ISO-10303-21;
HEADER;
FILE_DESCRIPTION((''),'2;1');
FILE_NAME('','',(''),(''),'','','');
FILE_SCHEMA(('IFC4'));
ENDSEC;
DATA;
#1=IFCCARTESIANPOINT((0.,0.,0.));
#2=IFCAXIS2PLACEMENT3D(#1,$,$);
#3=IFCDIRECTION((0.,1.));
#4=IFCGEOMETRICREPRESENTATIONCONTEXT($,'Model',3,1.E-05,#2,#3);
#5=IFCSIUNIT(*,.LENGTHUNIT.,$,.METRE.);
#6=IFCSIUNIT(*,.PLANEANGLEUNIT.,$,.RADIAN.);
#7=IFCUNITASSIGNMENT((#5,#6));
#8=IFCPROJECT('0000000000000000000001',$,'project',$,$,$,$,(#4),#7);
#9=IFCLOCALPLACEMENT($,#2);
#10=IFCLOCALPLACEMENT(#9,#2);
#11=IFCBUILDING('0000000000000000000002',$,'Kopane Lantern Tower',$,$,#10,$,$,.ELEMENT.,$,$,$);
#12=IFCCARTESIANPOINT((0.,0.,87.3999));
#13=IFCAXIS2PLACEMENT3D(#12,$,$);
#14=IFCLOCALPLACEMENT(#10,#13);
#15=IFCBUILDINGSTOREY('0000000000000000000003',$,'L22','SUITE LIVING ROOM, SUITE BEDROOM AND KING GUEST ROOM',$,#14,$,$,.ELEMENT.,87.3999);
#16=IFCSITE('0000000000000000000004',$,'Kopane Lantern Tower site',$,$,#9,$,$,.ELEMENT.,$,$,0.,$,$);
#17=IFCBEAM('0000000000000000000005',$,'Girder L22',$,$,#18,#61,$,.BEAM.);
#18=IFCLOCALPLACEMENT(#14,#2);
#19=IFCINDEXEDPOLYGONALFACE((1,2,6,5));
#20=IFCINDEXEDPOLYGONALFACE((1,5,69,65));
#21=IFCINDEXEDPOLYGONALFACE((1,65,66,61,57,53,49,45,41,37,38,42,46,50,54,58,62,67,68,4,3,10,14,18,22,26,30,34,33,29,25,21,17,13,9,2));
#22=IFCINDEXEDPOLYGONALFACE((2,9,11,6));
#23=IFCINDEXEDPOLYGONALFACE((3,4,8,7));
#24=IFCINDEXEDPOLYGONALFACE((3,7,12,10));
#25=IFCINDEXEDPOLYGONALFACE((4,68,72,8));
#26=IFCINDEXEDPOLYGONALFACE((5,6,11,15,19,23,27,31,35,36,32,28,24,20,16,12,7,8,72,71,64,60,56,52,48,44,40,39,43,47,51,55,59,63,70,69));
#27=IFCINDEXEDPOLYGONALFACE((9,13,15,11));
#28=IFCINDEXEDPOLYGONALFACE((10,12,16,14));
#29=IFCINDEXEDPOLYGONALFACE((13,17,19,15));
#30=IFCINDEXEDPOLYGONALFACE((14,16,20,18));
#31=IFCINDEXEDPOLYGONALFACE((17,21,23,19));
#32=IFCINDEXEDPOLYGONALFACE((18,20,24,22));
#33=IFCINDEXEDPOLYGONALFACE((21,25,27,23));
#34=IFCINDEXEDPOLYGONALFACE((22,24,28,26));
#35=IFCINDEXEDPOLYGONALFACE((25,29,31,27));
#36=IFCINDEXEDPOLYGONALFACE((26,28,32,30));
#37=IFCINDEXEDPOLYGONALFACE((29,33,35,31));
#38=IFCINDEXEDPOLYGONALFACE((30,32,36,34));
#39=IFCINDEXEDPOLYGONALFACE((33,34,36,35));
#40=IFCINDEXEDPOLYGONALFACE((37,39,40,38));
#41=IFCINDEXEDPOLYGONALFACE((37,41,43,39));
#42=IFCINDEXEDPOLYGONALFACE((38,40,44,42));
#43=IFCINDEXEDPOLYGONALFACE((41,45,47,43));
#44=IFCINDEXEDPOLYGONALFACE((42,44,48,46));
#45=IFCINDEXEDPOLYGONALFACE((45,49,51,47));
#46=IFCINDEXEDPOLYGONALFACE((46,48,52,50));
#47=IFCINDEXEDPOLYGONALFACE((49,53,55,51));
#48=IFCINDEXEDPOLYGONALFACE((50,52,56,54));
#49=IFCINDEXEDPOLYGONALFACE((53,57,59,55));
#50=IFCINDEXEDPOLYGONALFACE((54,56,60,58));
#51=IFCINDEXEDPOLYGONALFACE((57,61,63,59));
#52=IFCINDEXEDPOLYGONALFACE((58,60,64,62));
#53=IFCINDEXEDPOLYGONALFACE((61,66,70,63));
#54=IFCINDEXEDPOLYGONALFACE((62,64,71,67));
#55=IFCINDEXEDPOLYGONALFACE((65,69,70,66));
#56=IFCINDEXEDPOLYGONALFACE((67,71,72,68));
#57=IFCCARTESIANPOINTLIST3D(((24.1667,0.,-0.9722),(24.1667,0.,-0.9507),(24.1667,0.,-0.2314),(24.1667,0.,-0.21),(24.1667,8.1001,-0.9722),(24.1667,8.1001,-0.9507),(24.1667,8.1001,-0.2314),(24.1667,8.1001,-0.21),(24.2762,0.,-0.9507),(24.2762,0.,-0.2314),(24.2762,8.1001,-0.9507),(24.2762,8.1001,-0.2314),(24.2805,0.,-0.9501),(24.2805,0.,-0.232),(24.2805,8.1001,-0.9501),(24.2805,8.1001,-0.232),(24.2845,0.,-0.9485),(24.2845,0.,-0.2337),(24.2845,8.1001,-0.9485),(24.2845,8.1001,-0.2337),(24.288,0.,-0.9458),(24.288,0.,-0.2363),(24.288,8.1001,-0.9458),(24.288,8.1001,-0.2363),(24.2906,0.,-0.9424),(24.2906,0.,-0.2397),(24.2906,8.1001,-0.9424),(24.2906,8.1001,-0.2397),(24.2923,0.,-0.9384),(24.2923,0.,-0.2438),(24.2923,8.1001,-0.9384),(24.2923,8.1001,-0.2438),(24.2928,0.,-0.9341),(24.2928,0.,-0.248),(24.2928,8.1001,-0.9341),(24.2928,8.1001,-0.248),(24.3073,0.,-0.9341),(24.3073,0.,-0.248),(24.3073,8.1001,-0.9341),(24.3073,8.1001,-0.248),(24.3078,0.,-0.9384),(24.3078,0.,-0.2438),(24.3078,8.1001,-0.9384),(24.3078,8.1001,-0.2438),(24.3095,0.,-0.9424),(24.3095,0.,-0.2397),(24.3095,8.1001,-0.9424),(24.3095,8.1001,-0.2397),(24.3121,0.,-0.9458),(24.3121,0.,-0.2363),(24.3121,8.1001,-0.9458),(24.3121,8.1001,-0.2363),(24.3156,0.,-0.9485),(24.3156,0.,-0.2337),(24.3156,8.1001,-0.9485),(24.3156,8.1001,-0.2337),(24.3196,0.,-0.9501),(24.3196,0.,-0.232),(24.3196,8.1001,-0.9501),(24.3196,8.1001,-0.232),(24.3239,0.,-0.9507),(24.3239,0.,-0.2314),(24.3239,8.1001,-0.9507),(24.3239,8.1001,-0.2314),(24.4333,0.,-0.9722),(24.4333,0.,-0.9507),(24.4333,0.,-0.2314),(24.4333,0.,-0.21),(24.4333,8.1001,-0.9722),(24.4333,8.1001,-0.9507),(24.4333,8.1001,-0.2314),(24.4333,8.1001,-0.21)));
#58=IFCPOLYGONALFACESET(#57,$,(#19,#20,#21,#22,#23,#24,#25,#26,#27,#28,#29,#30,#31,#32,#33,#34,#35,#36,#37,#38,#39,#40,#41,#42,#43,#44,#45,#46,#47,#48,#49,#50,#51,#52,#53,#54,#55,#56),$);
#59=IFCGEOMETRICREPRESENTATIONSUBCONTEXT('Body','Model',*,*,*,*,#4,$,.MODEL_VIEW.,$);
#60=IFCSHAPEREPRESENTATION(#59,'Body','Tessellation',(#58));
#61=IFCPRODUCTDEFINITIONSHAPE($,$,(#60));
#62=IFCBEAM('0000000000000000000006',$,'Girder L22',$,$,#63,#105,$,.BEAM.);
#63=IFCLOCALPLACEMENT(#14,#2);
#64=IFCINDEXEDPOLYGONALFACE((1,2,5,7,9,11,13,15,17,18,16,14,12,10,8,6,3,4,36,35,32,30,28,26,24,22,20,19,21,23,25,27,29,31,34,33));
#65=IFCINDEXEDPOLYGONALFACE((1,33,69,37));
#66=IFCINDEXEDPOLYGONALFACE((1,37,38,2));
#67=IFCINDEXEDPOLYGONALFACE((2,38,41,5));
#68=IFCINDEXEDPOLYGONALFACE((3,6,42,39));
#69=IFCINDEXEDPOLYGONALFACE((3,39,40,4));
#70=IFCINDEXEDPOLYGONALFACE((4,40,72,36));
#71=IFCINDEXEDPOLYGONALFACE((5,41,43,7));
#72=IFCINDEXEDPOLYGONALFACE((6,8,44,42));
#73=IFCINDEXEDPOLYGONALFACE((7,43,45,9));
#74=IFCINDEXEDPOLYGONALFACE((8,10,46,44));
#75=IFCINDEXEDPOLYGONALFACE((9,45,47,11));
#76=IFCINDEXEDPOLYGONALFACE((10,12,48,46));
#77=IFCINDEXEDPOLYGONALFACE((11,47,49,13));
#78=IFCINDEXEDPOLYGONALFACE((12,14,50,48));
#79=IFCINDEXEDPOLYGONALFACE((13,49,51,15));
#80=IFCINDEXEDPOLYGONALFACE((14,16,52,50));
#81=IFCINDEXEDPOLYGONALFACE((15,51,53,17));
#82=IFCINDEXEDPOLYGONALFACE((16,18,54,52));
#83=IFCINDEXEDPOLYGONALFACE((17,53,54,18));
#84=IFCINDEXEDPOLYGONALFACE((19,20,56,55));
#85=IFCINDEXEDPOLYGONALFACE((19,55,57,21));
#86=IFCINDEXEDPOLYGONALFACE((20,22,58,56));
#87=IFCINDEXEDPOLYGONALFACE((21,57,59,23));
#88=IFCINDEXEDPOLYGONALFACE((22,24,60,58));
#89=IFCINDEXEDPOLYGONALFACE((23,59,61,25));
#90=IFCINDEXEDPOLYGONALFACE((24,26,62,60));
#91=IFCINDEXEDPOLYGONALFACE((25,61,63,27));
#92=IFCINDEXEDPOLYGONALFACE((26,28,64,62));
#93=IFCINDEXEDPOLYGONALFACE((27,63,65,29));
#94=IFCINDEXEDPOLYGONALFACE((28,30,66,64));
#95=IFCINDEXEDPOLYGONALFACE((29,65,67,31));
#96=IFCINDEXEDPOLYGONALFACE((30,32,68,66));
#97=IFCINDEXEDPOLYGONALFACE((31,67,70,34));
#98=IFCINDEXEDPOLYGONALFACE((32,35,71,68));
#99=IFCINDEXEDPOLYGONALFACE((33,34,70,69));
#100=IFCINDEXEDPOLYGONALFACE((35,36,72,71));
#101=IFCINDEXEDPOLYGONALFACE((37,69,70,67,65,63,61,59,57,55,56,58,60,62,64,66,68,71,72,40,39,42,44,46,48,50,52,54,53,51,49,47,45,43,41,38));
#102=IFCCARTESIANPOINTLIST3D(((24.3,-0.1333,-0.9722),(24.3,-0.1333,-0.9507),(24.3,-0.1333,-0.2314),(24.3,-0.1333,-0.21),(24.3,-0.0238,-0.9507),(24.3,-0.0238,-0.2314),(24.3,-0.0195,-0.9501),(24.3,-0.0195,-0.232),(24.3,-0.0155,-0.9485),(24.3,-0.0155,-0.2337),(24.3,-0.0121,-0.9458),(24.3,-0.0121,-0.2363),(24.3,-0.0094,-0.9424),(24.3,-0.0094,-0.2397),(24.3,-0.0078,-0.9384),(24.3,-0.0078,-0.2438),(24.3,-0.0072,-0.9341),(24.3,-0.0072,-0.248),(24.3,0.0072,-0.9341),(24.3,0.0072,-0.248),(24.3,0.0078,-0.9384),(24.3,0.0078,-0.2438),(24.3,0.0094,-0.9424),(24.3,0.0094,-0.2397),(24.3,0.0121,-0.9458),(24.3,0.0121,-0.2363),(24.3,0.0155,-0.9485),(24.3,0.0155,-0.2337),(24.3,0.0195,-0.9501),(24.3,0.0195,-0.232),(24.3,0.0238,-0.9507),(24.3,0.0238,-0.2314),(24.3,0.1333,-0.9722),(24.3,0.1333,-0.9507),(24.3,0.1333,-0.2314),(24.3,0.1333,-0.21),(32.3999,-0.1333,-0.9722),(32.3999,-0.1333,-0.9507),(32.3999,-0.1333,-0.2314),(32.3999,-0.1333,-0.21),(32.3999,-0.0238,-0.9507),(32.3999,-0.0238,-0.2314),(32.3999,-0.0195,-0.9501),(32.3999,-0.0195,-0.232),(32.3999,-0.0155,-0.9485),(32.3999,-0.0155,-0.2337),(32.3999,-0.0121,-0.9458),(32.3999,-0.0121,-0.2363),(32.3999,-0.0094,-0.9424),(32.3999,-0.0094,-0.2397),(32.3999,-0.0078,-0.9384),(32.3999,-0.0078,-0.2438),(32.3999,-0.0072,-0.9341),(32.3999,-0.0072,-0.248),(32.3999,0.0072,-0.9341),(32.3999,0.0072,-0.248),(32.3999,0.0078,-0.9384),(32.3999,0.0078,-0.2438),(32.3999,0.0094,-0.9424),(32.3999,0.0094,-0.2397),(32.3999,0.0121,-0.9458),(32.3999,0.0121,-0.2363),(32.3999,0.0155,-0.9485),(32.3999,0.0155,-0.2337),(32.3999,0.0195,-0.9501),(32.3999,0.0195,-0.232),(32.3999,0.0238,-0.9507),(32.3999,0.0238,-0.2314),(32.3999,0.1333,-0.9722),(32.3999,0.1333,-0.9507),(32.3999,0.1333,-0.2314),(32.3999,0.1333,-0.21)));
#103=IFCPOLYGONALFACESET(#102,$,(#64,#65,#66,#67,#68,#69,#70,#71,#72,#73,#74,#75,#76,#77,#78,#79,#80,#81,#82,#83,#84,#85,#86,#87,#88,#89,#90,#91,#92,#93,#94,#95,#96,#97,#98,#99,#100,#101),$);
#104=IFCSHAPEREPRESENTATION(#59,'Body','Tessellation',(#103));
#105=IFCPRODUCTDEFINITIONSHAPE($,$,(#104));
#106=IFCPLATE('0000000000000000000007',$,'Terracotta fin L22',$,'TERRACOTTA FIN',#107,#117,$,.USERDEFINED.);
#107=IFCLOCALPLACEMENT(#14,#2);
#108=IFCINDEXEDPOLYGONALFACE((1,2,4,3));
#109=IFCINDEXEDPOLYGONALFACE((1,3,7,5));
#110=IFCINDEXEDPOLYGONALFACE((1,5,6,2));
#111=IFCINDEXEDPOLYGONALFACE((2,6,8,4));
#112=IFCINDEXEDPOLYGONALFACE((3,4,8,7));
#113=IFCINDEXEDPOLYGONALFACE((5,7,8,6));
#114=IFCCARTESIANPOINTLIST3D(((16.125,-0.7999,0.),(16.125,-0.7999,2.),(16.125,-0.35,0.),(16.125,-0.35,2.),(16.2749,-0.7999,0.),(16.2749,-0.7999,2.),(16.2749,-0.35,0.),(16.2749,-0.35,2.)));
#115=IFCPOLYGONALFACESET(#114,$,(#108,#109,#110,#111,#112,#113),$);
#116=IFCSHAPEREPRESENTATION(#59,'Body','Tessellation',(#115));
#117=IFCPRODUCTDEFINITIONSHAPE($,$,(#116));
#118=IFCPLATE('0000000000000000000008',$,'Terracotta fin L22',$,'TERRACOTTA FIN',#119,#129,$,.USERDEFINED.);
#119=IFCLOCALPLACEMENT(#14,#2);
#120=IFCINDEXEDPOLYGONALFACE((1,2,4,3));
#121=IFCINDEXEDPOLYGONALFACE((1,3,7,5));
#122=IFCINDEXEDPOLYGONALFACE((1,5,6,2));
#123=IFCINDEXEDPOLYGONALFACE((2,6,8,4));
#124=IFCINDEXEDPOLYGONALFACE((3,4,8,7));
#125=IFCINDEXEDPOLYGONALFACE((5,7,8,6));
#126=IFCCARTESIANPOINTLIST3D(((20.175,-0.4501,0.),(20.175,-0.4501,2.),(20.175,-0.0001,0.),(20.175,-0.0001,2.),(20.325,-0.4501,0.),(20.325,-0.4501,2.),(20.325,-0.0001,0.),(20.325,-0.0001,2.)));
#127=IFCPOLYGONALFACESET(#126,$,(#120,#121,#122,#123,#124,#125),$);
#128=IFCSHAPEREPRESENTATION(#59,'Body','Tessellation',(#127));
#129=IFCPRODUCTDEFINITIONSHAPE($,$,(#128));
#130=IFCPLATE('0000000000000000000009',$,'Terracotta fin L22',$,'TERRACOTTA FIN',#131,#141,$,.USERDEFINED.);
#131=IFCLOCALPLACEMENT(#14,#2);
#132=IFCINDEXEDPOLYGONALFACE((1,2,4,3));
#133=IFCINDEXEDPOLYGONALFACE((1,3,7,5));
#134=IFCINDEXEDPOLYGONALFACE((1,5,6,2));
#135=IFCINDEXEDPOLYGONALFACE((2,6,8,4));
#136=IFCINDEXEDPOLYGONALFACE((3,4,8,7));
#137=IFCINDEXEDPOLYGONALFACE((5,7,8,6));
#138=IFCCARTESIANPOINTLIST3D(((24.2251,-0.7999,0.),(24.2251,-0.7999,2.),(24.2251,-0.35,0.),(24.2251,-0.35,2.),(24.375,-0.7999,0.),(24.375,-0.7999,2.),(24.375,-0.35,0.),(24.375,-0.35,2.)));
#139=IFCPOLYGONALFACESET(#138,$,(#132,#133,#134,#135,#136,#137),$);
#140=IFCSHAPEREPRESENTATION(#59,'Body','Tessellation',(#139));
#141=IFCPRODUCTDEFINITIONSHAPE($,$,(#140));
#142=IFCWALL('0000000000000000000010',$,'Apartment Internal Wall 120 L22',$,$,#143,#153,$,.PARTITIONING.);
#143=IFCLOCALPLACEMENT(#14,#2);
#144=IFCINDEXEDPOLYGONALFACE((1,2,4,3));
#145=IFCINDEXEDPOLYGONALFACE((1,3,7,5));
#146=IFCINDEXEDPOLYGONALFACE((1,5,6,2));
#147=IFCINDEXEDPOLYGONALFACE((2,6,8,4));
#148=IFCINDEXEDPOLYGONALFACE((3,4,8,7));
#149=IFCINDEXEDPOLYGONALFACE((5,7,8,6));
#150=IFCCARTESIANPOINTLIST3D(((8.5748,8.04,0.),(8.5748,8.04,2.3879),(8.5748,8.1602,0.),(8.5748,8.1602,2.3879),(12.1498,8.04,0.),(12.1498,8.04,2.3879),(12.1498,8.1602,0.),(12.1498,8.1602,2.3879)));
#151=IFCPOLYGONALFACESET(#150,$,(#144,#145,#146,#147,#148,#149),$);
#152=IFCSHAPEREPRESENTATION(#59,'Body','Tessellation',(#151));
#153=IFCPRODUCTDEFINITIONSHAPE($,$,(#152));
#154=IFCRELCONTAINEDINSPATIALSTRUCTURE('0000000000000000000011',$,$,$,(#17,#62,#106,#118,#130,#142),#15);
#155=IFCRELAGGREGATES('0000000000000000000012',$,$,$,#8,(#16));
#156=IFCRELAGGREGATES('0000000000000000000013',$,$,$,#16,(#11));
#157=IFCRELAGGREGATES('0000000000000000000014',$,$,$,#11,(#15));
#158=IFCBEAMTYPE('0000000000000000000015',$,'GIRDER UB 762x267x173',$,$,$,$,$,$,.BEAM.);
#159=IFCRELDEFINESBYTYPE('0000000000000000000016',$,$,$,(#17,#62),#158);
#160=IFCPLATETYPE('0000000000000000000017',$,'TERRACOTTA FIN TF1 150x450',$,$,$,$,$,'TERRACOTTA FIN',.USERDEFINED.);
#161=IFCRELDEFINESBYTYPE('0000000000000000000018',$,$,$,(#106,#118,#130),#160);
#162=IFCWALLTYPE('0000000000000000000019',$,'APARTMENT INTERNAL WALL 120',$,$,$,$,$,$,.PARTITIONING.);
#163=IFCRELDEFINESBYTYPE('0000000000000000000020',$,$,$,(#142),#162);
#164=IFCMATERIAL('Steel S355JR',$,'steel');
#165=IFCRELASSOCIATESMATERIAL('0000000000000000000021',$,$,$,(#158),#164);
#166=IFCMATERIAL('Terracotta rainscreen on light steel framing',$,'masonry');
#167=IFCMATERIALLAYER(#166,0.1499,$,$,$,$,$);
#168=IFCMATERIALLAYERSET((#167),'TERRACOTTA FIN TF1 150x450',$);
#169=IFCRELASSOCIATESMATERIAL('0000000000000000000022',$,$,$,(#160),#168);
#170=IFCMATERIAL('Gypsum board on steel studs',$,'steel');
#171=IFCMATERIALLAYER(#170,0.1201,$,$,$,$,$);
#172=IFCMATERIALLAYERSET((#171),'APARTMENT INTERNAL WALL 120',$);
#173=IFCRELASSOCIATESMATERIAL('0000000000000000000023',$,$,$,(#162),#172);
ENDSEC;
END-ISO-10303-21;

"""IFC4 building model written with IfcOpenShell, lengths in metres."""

from ifc_helpers import new_model, si_unit, direction, frame, frame_2d, origin, origin_2d, place, context, subcontext, project, spatial, rectangle, i_section, extrude, material, layer, layer_set, material_profile, profile_set, type_object, element, save


model = new_model("IFC4")

# Units and contexts
model_context = context("Model", 3, precision=1e-05, world=origin(), true_north=direction((0.0, 1.0)))
body_context = subcontext(model_context, "Body", "Model", "MODEL_VIEW")
ifc_project = project(units=[si_unit("LENGTHUNIT", "METRE"), si_unit("PLANEANGLEUNIT", "RADIAN")], contexts=[model_context])

# Site, building, storey
site_placement = place(None, origin())
site = spatial("IfcSite", under=ifc_project, at=site_placement, Name="Kopane Lantern Tower site", CompositionType="ELEMENT", RefElevation=0.0)
building_placement = place(site_placement, origin())
building = spatial("IfcBuilding", under=site, at=building_placement, Name="Kopane Lantern Tower", CompositionType="ELEMENT")
storey_placement = place(building_placement, frame((0.0, 0.0, 87.3999)))
storey = spatial("IfcBuildingStorey", under=building, at=storey_placement, Name="L22", Description="SUITE LIVING ROOM, SUITE BEDROOM AND KING GUEST ROOM", CompositionType="ELEMENT", Elevation=87.3999)

# Beams
ifc_material_1 = material(Name="Steel S355JR", Category="steel")
ifc_material_profile_1 = material_profile(ifc_material_1, i_section(OverallWidth=0.2666, OverallDepth=0.7622, WebThickness=0.0144, FlangeThickness=0.0215, FilletRadius=0.0166, at=origin_2d()), Name="UB 762x267x173")
ifc_profile_set_1 = profile_set([ifc_material_profile_1], Name="Steel S355JR")
beam_type = type_object("IfcBeamType", Name="GIRDER UB 762x267x173", PredefinedType="BEAM", material=ifc_profile_set_1)
beam_1_placement = place(storey_placement, frame((24.3, 0.0, -0.5911), z_axis=(0.0, 1.0, 0.0), x_axis=(-1.0, 0.0, 0.0)))
element("IfcBeam", 1, at=beam_1_placement, inside=storey, type_object=beam_type, Name="Girder L22", PredefinedType="BEAM", context=body_context, shape_type="SweptSolid", body=[
    extrude(i_section(OverallWidth=0.2666, OverallDepth=0.7622, WebThickness=0.0144, FlangeThickness=0.0215, FilletRadius=0.0166, at=origin_2d()), origin(), (0.0, 0.0, 1.0), 8.1001),
])
beam_2_placement = place(storey_placement, frame((24.3, 0.0, -0.5911), z_axis=(1.0, 0.0, 0.0), x_axis=(0.0, 1.0, 0.0)))
element("IfcBeam", 2, at=beam_2_placement, inside=storey, type_object=beam_type, Name="Girder L22", PredefinedType="BEAM", context=body_context, shape_type="SweptSolid", body=[
    extrude(i_section(OverallWidth=0.2666, OverallDepth=0.7622, WebThickness=0.0144, FlangeThickness=0.0215, FilletRadius=0.0166, at=origin_2d()), origin(), (0.0, 0.0, 1.0), 8.0999),
])

# Plates
ifc_material_2 = material(Name="Terracotta rainscreen on light steel framing", Category="masonry")
ifc_layer_1 = layer(ifc_material_2, 0.1499)
ifc_layer_set_1 = layer_set([ifc_layer_1], Name="TERRACOTTA FIN TF1 150x450")
plate_type = type_object("IfcPlateType", Name="TERRACOTTA FIN TF1 150x450", ElementType="TERRACOTTA FIN", PredefinedType="USERDEFINED", material=ifc_layer_set_1)
for number, where, z_axis, x_axis, name in (
    (3, (16.2, -0.575, 0.0), (0.0, 0.0, 1.0), (1.0, 0.0, 0.0), "Terracotta fin L22"),
    (4, (20.25, -0.2251, 0.0), (0.0, 0.0, 1.0), (1.0, 0.0, 0.0), "Terracotta fin L22"),
    (5, (24.3, -0.575, 0.0), (0.0, 0.0, 1.0), (1.0, 0.0, 0.0), "Terracotta fin L22"),
):
    element("IfcPlate", number, at=place(storey_placement, frame(where, z_axis=z_axis, x_axis=x_axis)), inside=storey, type_object=plate_type, Name=name, ObjectType="TERRACOTTA FIN", PredefinedType="USERDEFINED", context=body_context, shape_type="SweptSolid", body=[
        extrude(rectangle(XDim=0.1499, YDim=0.45, at=origin_2d()), origin(), (0.0, 0.0, 1.0), 2.0),
    ])

# Wall
ifc_material_3 = material(Name="Gypsum board on steel studs", Category="steel")
ifc_layer_2 = layer(ifc_material_3, 0.1201)
ifc_layer_set_2 = layer_set([ifc_layer_2], Name="APARTMENT INTERNAL WALL 120")
wall_type = type_object("IfcWallType", Name="APARTMENT INTERNAL WALL 120", PredefinedType="PARTITIONING", material=ifc_layer_set_2)
wall_placement = place(storey_placement, frame((12.1499, 8.1001, 0.0), z_axis=(0.0, 0.0, 1.0), x_axis=(-1.0, 0.0, 0.0)))
element("IfcWall", 6, at=wall_placement, inside=storey, type_object=wall_type, Name="Apartment Internal Wall 120 L22", PredefinedType="PARTITIONING", context=body_context, shape_type="SweptSolid", body=[
    extrude(rectangle(XDim=3.575, YDim=0.1201, at=frame_2d((1.7876, 0.0))), origin(), (0.0, 0.0, 1.0), 2.3879),
])

save(model, "model.ifc")
